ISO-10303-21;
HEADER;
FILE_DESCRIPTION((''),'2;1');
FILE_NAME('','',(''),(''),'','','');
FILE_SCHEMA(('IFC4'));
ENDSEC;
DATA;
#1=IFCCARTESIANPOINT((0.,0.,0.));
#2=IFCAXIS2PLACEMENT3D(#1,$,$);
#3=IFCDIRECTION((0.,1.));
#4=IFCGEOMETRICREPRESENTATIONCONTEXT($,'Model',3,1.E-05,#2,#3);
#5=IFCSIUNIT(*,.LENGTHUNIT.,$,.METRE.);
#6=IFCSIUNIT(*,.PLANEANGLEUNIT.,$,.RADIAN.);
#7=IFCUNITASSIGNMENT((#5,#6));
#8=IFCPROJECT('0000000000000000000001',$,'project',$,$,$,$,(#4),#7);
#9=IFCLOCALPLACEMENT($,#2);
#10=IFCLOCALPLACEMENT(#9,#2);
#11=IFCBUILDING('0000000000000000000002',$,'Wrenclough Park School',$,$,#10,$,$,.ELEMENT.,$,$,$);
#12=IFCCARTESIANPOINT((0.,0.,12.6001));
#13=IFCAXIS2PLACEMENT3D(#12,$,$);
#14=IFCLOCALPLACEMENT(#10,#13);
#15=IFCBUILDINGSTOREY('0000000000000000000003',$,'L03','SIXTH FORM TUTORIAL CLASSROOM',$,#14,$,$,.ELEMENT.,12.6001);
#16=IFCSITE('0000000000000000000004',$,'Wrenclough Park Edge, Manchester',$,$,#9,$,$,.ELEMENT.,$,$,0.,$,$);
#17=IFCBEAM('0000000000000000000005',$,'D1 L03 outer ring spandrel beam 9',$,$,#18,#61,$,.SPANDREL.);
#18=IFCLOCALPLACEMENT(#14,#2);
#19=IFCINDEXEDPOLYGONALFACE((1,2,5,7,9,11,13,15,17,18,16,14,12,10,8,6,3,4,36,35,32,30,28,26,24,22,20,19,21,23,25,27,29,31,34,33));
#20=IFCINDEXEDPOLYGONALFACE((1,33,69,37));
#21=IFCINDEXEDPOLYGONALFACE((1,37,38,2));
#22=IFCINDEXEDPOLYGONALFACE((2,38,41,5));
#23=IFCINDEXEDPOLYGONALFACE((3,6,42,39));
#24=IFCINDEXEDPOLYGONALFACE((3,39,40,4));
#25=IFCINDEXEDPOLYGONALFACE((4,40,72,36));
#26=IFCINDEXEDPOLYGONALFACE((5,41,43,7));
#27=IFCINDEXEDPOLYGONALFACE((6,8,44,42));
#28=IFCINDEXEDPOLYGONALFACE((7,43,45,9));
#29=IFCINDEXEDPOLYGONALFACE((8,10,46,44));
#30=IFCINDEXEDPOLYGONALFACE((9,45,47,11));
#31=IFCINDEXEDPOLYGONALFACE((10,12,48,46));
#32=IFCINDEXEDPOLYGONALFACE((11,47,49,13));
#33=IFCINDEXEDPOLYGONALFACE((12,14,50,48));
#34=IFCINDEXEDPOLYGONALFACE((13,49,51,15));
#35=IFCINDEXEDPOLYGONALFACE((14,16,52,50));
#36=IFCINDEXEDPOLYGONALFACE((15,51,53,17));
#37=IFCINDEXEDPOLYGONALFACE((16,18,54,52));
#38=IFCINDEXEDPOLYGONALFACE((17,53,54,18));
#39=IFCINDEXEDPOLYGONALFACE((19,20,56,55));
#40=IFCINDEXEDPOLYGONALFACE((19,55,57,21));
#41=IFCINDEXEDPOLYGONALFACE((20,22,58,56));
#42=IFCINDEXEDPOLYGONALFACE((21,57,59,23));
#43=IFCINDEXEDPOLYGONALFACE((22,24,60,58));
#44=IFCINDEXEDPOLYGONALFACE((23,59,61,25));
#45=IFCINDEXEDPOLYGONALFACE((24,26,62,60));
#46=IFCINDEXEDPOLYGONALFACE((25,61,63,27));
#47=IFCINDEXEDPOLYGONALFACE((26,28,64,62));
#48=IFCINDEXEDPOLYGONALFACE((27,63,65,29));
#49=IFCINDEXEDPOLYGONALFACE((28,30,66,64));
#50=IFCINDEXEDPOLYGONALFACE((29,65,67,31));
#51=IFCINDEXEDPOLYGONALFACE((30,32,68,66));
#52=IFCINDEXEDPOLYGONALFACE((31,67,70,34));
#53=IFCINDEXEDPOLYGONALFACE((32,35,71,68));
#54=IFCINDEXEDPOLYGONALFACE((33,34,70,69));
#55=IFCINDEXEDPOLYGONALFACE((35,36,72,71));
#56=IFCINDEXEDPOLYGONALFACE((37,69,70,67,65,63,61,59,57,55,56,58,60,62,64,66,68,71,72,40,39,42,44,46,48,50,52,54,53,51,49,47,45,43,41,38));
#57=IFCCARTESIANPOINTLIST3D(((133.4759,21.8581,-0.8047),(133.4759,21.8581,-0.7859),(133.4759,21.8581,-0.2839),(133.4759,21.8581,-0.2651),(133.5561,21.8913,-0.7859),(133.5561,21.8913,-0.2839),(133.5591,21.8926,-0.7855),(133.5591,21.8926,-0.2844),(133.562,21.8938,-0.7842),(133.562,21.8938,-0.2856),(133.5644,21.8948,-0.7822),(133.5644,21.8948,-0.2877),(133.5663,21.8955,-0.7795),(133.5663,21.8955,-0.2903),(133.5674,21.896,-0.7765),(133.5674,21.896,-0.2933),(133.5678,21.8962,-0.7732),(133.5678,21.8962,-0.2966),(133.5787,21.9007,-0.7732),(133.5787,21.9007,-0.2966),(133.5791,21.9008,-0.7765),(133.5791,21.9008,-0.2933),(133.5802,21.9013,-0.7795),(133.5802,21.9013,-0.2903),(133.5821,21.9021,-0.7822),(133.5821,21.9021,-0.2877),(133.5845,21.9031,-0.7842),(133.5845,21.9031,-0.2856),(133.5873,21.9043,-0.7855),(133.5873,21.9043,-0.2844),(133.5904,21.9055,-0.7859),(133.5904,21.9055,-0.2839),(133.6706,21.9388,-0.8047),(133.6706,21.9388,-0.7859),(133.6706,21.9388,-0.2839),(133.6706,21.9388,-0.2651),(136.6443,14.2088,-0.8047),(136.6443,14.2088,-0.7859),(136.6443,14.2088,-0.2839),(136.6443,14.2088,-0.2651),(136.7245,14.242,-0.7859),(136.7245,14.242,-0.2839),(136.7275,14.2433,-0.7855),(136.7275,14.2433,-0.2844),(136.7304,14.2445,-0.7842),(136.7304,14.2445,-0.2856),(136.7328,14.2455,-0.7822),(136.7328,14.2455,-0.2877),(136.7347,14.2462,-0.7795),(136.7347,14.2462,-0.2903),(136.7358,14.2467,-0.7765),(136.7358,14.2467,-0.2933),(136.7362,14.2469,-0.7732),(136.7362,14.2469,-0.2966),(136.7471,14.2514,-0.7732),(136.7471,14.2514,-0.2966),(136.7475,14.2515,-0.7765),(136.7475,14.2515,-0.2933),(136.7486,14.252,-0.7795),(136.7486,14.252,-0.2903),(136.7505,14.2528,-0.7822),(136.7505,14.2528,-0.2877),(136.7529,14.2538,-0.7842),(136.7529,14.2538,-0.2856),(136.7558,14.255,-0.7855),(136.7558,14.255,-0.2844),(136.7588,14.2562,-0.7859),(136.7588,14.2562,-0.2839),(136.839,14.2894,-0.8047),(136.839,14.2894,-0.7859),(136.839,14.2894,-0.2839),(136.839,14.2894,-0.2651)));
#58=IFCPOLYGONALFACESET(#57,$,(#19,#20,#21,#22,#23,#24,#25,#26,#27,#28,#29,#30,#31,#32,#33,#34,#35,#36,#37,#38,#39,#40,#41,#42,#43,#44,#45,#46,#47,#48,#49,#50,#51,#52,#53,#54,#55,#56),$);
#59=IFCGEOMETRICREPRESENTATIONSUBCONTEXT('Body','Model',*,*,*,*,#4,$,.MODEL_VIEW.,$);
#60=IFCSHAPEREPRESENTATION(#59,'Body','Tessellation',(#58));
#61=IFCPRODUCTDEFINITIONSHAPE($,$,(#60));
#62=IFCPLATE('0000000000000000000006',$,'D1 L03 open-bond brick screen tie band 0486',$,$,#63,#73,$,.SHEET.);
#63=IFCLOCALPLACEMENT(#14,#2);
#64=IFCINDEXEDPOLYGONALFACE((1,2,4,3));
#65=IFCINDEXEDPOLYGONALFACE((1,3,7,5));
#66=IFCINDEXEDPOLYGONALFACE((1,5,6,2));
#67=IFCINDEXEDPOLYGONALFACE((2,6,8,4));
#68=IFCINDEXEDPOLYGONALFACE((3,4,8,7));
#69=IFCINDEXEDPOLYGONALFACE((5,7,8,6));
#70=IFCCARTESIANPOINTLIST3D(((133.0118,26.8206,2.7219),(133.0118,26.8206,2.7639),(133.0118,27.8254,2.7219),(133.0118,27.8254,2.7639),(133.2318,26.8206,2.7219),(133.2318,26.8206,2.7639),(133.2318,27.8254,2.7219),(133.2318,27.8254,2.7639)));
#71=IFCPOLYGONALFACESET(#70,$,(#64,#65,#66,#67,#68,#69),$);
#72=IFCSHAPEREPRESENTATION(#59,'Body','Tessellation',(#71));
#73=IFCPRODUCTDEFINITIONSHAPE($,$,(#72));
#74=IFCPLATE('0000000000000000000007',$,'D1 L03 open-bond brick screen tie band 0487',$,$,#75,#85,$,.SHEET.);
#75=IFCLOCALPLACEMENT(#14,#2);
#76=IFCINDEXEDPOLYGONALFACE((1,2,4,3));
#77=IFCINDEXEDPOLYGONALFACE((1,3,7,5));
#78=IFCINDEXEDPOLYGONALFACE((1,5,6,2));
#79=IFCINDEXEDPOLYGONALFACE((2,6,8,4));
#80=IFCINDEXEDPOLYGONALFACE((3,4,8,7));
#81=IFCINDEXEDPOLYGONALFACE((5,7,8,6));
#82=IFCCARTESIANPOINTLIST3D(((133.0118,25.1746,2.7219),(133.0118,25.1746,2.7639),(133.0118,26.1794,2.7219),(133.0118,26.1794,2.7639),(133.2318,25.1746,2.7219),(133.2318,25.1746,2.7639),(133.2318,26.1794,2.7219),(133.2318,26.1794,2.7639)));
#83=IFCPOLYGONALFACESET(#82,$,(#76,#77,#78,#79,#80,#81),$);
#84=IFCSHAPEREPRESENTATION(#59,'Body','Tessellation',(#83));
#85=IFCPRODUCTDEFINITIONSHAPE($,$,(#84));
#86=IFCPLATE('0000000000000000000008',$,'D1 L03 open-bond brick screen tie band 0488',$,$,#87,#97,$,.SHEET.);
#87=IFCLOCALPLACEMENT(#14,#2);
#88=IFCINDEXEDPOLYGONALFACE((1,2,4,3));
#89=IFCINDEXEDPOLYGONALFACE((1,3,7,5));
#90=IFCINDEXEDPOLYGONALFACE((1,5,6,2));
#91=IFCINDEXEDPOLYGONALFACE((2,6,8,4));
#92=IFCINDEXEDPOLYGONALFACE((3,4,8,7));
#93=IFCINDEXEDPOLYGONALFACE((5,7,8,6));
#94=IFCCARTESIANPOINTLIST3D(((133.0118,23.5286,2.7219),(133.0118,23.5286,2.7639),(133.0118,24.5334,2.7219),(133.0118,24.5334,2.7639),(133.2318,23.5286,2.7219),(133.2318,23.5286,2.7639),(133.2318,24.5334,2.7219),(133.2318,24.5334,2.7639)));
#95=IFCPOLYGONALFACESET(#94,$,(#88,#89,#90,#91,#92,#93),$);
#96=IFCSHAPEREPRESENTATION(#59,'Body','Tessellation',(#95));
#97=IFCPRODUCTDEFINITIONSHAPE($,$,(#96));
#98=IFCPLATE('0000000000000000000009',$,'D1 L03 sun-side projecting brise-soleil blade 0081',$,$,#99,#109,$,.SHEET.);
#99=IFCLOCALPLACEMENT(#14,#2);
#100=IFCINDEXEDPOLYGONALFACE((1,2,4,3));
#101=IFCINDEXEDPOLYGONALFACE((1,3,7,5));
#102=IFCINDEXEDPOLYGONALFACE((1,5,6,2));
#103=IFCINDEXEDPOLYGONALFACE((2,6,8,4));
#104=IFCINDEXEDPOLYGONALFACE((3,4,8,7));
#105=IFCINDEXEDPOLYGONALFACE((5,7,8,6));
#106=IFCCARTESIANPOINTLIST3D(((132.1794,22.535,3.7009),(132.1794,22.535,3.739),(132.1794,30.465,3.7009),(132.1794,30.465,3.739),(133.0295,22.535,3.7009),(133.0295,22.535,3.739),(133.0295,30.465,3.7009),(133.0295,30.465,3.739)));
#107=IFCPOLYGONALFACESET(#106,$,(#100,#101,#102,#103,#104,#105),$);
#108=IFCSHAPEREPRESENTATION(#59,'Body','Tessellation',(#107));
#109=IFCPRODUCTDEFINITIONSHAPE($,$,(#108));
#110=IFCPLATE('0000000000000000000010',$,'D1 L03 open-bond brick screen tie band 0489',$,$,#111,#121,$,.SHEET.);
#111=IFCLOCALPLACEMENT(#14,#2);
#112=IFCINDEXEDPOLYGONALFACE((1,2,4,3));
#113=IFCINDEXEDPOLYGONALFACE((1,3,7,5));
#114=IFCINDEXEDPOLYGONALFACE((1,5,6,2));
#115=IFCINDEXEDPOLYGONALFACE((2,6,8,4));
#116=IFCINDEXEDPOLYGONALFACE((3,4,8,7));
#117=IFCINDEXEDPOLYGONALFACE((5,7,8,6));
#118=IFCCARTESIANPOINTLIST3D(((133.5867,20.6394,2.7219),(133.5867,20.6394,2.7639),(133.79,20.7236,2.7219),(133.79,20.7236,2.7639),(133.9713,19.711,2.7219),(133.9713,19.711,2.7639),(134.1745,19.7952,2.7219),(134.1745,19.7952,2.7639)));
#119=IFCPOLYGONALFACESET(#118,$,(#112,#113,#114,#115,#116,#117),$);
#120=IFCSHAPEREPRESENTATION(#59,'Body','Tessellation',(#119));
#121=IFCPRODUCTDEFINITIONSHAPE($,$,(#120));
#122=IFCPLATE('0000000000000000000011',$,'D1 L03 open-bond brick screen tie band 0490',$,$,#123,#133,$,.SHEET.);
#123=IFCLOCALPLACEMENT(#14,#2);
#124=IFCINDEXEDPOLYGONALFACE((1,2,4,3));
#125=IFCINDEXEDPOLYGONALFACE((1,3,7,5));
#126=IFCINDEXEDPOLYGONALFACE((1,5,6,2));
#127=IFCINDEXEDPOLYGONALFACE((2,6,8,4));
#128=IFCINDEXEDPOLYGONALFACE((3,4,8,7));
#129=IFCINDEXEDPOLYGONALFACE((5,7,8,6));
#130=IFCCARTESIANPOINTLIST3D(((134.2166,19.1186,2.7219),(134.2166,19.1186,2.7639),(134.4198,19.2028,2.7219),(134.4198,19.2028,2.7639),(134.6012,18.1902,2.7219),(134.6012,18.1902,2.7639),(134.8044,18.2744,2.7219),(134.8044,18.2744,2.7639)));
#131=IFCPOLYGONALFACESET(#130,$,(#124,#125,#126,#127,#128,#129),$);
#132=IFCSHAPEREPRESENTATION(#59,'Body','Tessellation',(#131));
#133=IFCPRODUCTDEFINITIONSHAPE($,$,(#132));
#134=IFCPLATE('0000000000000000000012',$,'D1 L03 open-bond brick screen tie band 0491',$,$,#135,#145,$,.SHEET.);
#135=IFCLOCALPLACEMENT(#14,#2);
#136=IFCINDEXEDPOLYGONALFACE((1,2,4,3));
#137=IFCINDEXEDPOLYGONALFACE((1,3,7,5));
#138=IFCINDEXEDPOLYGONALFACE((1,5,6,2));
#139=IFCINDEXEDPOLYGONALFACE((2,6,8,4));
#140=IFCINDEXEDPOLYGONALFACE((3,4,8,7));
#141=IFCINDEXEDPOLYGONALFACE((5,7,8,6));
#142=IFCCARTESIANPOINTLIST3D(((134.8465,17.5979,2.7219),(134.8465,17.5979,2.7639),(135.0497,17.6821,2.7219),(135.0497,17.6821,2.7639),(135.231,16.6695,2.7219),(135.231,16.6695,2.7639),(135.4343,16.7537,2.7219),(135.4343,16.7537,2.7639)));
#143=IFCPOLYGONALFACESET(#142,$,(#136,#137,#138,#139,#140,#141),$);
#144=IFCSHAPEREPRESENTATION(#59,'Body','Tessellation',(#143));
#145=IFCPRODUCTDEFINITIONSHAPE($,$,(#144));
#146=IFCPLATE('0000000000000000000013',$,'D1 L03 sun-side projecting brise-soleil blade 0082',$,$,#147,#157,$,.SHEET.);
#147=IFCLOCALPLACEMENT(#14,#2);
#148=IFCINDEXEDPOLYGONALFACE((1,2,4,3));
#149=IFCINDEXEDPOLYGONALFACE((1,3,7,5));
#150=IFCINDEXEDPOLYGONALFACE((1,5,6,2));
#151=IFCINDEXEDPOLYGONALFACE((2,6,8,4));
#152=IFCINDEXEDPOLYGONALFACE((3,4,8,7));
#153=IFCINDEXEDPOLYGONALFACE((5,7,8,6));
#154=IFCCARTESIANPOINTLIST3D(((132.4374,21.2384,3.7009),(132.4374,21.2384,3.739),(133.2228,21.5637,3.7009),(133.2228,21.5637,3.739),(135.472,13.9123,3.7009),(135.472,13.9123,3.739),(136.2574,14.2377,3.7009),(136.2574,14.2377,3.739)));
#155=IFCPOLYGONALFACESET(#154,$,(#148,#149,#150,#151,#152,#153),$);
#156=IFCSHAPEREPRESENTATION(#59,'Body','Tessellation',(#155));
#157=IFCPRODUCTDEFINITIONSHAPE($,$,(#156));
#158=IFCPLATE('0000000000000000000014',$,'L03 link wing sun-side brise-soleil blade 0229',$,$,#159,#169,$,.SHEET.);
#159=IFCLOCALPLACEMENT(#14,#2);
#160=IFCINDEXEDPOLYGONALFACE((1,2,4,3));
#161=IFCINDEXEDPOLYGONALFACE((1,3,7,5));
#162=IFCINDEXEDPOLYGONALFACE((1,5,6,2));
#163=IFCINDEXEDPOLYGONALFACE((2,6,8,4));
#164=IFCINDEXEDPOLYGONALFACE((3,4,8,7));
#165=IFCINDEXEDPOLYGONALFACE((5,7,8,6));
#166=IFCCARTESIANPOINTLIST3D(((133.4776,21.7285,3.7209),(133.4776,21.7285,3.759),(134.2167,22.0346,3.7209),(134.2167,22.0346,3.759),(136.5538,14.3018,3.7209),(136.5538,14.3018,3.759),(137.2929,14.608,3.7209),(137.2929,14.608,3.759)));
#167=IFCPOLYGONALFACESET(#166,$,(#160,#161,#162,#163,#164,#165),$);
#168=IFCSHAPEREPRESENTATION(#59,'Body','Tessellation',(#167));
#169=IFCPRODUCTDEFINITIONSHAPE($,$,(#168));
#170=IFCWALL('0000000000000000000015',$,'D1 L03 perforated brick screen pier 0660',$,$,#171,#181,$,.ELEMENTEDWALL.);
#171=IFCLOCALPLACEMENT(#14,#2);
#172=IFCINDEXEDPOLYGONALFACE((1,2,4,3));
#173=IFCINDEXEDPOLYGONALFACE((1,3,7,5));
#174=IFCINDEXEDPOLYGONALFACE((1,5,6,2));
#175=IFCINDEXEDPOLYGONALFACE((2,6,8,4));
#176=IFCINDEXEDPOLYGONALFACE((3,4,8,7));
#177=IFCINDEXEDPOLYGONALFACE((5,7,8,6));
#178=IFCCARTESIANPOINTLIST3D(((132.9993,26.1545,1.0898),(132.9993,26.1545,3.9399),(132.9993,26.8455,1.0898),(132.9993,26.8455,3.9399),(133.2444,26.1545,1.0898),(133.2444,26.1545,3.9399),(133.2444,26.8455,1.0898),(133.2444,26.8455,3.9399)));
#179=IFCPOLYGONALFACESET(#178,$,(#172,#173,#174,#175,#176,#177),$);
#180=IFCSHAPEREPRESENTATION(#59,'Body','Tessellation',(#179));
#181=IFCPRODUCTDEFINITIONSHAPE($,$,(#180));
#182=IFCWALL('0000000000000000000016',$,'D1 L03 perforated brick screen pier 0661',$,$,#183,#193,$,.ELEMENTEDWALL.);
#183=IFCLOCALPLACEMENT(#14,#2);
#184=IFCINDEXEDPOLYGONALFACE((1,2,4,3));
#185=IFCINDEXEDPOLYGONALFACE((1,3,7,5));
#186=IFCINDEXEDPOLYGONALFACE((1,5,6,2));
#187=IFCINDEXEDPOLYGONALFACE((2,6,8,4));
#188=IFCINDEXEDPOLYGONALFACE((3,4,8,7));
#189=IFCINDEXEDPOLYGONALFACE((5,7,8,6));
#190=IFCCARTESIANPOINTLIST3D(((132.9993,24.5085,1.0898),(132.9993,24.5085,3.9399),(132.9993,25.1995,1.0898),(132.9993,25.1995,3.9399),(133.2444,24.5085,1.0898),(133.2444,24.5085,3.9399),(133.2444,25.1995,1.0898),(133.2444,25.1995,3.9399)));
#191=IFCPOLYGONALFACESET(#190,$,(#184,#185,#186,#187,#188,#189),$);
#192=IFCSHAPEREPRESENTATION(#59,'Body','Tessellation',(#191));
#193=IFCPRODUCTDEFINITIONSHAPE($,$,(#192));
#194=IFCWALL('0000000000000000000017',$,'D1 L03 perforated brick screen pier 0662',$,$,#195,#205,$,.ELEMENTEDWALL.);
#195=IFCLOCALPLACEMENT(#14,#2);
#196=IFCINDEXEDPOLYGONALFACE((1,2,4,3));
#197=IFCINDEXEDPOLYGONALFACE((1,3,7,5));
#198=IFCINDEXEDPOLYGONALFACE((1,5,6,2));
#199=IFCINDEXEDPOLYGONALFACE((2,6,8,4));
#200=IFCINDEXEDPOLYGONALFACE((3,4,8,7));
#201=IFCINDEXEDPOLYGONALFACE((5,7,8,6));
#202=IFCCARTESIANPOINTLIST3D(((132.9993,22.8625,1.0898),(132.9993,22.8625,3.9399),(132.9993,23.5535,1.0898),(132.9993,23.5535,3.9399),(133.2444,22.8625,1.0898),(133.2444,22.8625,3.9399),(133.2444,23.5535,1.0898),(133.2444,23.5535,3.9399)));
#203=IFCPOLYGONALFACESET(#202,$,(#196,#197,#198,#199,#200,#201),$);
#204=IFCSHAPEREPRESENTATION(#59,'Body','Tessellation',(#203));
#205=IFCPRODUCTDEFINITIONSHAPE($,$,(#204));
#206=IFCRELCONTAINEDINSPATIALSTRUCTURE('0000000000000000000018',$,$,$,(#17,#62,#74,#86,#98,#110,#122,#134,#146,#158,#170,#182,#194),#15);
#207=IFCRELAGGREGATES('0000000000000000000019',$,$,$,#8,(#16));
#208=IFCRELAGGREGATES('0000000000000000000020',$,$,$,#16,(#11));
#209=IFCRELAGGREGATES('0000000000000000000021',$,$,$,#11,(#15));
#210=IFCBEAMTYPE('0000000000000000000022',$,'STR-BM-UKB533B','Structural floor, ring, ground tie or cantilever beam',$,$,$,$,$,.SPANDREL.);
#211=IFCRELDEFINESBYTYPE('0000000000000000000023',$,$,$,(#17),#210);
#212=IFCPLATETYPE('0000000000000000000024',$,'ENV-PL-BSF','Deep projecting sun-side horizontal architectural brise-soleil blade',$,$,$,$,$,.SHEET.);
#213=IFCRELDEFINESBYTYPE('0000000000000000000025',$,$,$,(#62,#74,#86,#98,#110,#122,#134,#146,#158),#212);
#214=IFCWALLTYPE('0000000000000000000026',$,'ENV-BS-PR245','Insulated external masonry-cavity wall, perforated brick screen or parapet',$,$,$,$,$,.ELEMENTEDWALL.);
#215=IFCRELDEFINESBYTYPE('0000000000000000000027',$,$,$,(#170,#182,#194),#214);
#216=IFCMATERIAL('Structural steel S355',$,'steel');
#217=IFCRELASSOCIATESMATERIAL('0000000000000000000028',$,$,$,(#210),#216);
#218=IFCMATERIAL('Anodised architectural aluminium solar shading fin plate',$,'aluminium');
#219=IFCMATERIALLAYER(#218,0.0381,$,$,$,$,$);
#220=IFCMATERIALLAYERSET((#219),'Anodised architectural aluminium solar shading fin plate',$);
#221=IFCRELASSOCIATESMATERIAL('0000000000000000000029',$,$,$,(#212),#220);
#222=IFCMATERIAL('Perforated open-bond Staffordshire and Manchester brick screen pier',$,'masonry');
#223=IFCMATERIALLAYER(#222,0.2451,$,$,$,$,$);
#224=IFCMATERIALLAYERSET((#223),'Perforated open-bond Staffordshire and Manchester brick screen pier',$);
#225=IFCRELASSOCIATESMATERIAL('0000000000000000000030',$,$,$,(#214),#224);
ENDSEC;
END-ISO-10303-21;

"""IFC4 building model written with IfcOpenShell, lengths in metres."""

from ifc_helpers import new_model, si_unit, direction, frame, frame_2d, origin, origin_2d, place, context, subcontext, project, spatial, rectangle, i_section, extrude, material, layer, layer_set, material_profile, profile_set, type_object, element, save


model = new_model("IFC4")

# Units and contexts
model_context = context("Model", 3, precision=1e-05, world=origin(), true_north=direction((0.0, 1.0)))
body_context = subcontext(model_context, "Body", "Model", "MODEL_VIEW")
ifc_project = project(units=[si_unit("LENGTHUNIT", "METRE"), si_unit("PLANEANGLEUNIT", "RADIAN")], contexts=[model_context])

# Site, building, storey
site_placement = place(None, origin())
site = spatial("IfcSite", under=ifc_project, at=site_placement, Name="Wrenclough Park Edge, Manchester", CompositionType="ELEMENT", RefElevation=0.0)
building_placement = place(site_placement, origin())
building = spatial("IfcBuilding", under=site, at=building_placement, Name="Wrenclough Park School", CompositionType="ELEMENT")
storey_placement = place(building_placement, frame((0.0, 0.0, 12.6001)))
storey = spatial("IfcBuildingStorey", under=building, at=storey_placement, Name="L03", Description="SIXTH FORM TUTORIAL CLASSROOM", CompositionType="ELEMENT", Elevation=12.6001)

# Beam
ifc_material_1 = material(Name="Structural steel S355", Category="steel")
ifc_material_profile_1 = material_profile(ifc_material_1, i_section(OverallWidth=0.2107, OverallDepth=0.5396, WebThickness=0.0117, FlangeThickness=0.0188, FilletRadius=0.0127, at=origin_2d()), Name="UKB 533x210x109")
ifc_profile_set_1 = profile_set([ifc_material_profile_1], Name="Structural steel S355")
beam_type = type_object("IfcBeamType", Name="STR-BM-UKB533B", Description="Structural floor, ring, ground tie or cantilever beam", PredefinedType="SPANDREL", material=ifc_profile_set_1)
beam_placement = place(storey_placement, frame((133.5732, 21.8984, -0.5349), z_axis=(0.38268, -0.923881, 0.0), x_axis=(0.923881, 0.38268, 0.0)))
element("IfcBeam", 1, at=beam_placement, inside=storey, type_object=beam_type, Name="D1 L03 outer ring spandrel beam 9", PredefinedType="SPANDREL", context=body_context, shape_type="SweptSolid", body=[
    extrude(i_section(OverallWidth=0.2107, OverallDepth=0.5396, WebThickness=0.0117, FlangeThickness=0.0188, FilletRadius=0.0127, at=origin_2d()), origin(), (0.0, 0.0, 1.0), 8.2795),
])

# Plates
ifc_material_2 = material(Name="Anodised architectural aluminium solar shading fin plate", Category="aluminium")
ifc_layer_1 = layer(ifc_material_2, 0.0381)
ifc_layer_set_1 = layer_set([ifc_layer_1], Name="Anodised architectural aluminium solar shading fin plate")
plate_type = type_object("IfcPlateType", Name="ENV-PL-BSF", Description="Deep projecting sun-side horizontal architectural brise-soleil blade", PredefinedType="SHEET", material=ifc_layer_set_1)
for number, where, z_axis, x_axis, name in (
    (2, (133.1218, 27.323, 2.7219), (0.0, 0.0, 1.0), (0.0, -1.0, 0.0), "D1 L03 open-bond brick screen tie band 0486"),
    (3, (133.1218, 25.677, 2.7219), (0.0, 0.0, 1.0), (0.0, -1.0, 0.0), "D1 L03 open-bond brick screen tie band 0487"),
    (4, (133.1218, 24.031, 2.7219), (0.0, 0.0, 1.0), (0.0, -1.0, 0.0), "D1 L03 open-bond brick screen tie band 0488"),
):
    element("IfcPlate", number, at=place(storey_placement, frame(where, z_axis=z_axis, x_axis=x_axis)), inside=storey, type_object=plate_type, Name=name, PredefinedType="SHEET", context=body_context, shape_type="SweptSolid", body=[
        extrude(rectangle(XDim=1.0049, YDim=0.22, at=origin_2d()), origin(), (0.0, 0.0, 1.0), 0.042),
    ])
plate_1_placement = place(storey_placement, frame((132.6045, 26.5, 3.7009), z_axis=(0.0, 0.0, 1.0), x_axis=(0.0, -1.0, 0.0)))
element("IfcPlate", 5, at=plate_1_placement, inside=storey, type_object=plate_type, Name="D1 L03 sun-side projecting brise-soleil blade 0081", PredefinedType="SHEET", context=body_context, shape_type="SweptSolid", body=[
    extrude(rectangle(XDim=7.9299, YDim=0.8501, at=origin_2d()), origin(), (0.0, 0.0, 1.0), 0.0381),
])
for number, where, z_axis, x_axis, name in (
    (6, (133.8806, 20.2173, 2.7219), (0.0, 0.0, 1.0), (0.382684, -0.923879, 0.0), "D1 L03 open-bond brick screen tie band 0489"),
    (7, (134.5105, 18.6965, 2.7219), (0.0, 0.0, 1.0), (0.382684, -0.923879, 0.0), "D1 L03 open-bond brick screen tie band 0490"),
    (8, (135.1404, 17.1758, 2.7219), (0.0, 0.0, 1.0), (0.382684, -0.923879, 0.0), "D1 L03 open-bond brick screen tie band 0491"),
):
    element("IfcPlate", number, at=place(storey_placement, frame(where, z_axis=z_axis, x_axis=x_axis)), inside=storey, type_object=plate_type, Name=name, PredefinedType="SHEET", context=body_context, shape_type="SweptSolid", body=[
        extrude(rectangle(XDim=1.0049, YDim=0.22, at=origin_2d()), origin(), (0.0, 0.0, 1.0), 0.042),
    ])
plate_2_placement = place(storey_placement, frame((134.3474, 17.738, 3.7009), z_axis=(0.0, 0.0, 1.0), x_axis=(0.382684, -0.923879, 0.0)))
element("IfcPlate", 9, at=plate_2_placement, inside=storey, type_object=plate_type, Name="D1 L03 sun-side projecting brise-soleil blade 0082", PredefinedType="SHEET", context=body_context, shape_type="SweptSolid", body=[
    extrude(rectangle(XDim=7.9297, YDim=0.8501, at=origin_2d()), origin(), (0.0, 0.0, 1.0), 0.0381),
])
plate_3_placement = place(storey_placement, frame((135.3853, 18.1682, 3.7209), z_axis=(0.0, 0.0, 1.0), x_axis=(-0.38268, 0.923881, 0.0)))
element("IfcPlate", 10, at=plate_3_placement, inside=storey, type_object=plate_type, Name="L03 link wing sun-side brise-soleil blade 0229", PredefinedType="SHEET", context=body_context, shape_type="SweptSolid", body=[
    extrude(rectangle(XDim=8.0386, YDim=0.8, at=origin_2d()), origin(), (0.0, 0.0, 1.0), 0.0381),
])

# Walls
ifc_material_3 = material(Name="Perforated open-bond Staffordshire and Manchester brick screen pier", Category="masonry")
ifc_layer_2 = layer(ifc_material_3, 0.2451)
ifc_layer_set_2 = layer_set([ifc_layer_2], Name="Perforated open-bond Staffordshire and Manchester brick screen pier")
wall_type_1 = type_object("IfcWallType", Name="ENV-BS-PR245", Description="Insulated external masonry-cavity wall, perforated brick screen or parapet", PredefinedType="ELEMENTEDWALL", material=ifc_layer_set_2)
for number, where, z_axis, x_axis, name in (
    (11, (133.1218, 26.8455, 1.0898), (0.0, 0.0, 1.0), (0.0, -1.0, 0.0), "D1 L03 perforated brick screen pier 0660"),
    (12, (133.1218, 25.1995, 1.0898), (0.0, 0.0, 1.0), (0.0, -1.0, 0.0), "D1 L03 perforated brick screen pier 0661"),
    (13, (133.1218, 23.5535, 1.0898), (0.0, 0.0, 1.0), (0.0, -1.0, 0.0), "D1 L03 perforated brick screen pier 0662"),
):
    element("IfcWall", number, at=place(storey_placement, frame(where, z_axis=z_axis, x_axis=x_axis)), inside=storey, type_object=wall_type_1, Name=name, PredefinedType="ELEMENTEDWALL", context=body_context, shape_type="SweptSolid", body=[
        extrude(rectangle(XDim=0.6909, YDim=0.2451, at=frame_2d((0.3455, 0.0))), origin(), (0.0, 0.0, 1.0), 2.8501),
    ])

save(model, "model.ifc")
